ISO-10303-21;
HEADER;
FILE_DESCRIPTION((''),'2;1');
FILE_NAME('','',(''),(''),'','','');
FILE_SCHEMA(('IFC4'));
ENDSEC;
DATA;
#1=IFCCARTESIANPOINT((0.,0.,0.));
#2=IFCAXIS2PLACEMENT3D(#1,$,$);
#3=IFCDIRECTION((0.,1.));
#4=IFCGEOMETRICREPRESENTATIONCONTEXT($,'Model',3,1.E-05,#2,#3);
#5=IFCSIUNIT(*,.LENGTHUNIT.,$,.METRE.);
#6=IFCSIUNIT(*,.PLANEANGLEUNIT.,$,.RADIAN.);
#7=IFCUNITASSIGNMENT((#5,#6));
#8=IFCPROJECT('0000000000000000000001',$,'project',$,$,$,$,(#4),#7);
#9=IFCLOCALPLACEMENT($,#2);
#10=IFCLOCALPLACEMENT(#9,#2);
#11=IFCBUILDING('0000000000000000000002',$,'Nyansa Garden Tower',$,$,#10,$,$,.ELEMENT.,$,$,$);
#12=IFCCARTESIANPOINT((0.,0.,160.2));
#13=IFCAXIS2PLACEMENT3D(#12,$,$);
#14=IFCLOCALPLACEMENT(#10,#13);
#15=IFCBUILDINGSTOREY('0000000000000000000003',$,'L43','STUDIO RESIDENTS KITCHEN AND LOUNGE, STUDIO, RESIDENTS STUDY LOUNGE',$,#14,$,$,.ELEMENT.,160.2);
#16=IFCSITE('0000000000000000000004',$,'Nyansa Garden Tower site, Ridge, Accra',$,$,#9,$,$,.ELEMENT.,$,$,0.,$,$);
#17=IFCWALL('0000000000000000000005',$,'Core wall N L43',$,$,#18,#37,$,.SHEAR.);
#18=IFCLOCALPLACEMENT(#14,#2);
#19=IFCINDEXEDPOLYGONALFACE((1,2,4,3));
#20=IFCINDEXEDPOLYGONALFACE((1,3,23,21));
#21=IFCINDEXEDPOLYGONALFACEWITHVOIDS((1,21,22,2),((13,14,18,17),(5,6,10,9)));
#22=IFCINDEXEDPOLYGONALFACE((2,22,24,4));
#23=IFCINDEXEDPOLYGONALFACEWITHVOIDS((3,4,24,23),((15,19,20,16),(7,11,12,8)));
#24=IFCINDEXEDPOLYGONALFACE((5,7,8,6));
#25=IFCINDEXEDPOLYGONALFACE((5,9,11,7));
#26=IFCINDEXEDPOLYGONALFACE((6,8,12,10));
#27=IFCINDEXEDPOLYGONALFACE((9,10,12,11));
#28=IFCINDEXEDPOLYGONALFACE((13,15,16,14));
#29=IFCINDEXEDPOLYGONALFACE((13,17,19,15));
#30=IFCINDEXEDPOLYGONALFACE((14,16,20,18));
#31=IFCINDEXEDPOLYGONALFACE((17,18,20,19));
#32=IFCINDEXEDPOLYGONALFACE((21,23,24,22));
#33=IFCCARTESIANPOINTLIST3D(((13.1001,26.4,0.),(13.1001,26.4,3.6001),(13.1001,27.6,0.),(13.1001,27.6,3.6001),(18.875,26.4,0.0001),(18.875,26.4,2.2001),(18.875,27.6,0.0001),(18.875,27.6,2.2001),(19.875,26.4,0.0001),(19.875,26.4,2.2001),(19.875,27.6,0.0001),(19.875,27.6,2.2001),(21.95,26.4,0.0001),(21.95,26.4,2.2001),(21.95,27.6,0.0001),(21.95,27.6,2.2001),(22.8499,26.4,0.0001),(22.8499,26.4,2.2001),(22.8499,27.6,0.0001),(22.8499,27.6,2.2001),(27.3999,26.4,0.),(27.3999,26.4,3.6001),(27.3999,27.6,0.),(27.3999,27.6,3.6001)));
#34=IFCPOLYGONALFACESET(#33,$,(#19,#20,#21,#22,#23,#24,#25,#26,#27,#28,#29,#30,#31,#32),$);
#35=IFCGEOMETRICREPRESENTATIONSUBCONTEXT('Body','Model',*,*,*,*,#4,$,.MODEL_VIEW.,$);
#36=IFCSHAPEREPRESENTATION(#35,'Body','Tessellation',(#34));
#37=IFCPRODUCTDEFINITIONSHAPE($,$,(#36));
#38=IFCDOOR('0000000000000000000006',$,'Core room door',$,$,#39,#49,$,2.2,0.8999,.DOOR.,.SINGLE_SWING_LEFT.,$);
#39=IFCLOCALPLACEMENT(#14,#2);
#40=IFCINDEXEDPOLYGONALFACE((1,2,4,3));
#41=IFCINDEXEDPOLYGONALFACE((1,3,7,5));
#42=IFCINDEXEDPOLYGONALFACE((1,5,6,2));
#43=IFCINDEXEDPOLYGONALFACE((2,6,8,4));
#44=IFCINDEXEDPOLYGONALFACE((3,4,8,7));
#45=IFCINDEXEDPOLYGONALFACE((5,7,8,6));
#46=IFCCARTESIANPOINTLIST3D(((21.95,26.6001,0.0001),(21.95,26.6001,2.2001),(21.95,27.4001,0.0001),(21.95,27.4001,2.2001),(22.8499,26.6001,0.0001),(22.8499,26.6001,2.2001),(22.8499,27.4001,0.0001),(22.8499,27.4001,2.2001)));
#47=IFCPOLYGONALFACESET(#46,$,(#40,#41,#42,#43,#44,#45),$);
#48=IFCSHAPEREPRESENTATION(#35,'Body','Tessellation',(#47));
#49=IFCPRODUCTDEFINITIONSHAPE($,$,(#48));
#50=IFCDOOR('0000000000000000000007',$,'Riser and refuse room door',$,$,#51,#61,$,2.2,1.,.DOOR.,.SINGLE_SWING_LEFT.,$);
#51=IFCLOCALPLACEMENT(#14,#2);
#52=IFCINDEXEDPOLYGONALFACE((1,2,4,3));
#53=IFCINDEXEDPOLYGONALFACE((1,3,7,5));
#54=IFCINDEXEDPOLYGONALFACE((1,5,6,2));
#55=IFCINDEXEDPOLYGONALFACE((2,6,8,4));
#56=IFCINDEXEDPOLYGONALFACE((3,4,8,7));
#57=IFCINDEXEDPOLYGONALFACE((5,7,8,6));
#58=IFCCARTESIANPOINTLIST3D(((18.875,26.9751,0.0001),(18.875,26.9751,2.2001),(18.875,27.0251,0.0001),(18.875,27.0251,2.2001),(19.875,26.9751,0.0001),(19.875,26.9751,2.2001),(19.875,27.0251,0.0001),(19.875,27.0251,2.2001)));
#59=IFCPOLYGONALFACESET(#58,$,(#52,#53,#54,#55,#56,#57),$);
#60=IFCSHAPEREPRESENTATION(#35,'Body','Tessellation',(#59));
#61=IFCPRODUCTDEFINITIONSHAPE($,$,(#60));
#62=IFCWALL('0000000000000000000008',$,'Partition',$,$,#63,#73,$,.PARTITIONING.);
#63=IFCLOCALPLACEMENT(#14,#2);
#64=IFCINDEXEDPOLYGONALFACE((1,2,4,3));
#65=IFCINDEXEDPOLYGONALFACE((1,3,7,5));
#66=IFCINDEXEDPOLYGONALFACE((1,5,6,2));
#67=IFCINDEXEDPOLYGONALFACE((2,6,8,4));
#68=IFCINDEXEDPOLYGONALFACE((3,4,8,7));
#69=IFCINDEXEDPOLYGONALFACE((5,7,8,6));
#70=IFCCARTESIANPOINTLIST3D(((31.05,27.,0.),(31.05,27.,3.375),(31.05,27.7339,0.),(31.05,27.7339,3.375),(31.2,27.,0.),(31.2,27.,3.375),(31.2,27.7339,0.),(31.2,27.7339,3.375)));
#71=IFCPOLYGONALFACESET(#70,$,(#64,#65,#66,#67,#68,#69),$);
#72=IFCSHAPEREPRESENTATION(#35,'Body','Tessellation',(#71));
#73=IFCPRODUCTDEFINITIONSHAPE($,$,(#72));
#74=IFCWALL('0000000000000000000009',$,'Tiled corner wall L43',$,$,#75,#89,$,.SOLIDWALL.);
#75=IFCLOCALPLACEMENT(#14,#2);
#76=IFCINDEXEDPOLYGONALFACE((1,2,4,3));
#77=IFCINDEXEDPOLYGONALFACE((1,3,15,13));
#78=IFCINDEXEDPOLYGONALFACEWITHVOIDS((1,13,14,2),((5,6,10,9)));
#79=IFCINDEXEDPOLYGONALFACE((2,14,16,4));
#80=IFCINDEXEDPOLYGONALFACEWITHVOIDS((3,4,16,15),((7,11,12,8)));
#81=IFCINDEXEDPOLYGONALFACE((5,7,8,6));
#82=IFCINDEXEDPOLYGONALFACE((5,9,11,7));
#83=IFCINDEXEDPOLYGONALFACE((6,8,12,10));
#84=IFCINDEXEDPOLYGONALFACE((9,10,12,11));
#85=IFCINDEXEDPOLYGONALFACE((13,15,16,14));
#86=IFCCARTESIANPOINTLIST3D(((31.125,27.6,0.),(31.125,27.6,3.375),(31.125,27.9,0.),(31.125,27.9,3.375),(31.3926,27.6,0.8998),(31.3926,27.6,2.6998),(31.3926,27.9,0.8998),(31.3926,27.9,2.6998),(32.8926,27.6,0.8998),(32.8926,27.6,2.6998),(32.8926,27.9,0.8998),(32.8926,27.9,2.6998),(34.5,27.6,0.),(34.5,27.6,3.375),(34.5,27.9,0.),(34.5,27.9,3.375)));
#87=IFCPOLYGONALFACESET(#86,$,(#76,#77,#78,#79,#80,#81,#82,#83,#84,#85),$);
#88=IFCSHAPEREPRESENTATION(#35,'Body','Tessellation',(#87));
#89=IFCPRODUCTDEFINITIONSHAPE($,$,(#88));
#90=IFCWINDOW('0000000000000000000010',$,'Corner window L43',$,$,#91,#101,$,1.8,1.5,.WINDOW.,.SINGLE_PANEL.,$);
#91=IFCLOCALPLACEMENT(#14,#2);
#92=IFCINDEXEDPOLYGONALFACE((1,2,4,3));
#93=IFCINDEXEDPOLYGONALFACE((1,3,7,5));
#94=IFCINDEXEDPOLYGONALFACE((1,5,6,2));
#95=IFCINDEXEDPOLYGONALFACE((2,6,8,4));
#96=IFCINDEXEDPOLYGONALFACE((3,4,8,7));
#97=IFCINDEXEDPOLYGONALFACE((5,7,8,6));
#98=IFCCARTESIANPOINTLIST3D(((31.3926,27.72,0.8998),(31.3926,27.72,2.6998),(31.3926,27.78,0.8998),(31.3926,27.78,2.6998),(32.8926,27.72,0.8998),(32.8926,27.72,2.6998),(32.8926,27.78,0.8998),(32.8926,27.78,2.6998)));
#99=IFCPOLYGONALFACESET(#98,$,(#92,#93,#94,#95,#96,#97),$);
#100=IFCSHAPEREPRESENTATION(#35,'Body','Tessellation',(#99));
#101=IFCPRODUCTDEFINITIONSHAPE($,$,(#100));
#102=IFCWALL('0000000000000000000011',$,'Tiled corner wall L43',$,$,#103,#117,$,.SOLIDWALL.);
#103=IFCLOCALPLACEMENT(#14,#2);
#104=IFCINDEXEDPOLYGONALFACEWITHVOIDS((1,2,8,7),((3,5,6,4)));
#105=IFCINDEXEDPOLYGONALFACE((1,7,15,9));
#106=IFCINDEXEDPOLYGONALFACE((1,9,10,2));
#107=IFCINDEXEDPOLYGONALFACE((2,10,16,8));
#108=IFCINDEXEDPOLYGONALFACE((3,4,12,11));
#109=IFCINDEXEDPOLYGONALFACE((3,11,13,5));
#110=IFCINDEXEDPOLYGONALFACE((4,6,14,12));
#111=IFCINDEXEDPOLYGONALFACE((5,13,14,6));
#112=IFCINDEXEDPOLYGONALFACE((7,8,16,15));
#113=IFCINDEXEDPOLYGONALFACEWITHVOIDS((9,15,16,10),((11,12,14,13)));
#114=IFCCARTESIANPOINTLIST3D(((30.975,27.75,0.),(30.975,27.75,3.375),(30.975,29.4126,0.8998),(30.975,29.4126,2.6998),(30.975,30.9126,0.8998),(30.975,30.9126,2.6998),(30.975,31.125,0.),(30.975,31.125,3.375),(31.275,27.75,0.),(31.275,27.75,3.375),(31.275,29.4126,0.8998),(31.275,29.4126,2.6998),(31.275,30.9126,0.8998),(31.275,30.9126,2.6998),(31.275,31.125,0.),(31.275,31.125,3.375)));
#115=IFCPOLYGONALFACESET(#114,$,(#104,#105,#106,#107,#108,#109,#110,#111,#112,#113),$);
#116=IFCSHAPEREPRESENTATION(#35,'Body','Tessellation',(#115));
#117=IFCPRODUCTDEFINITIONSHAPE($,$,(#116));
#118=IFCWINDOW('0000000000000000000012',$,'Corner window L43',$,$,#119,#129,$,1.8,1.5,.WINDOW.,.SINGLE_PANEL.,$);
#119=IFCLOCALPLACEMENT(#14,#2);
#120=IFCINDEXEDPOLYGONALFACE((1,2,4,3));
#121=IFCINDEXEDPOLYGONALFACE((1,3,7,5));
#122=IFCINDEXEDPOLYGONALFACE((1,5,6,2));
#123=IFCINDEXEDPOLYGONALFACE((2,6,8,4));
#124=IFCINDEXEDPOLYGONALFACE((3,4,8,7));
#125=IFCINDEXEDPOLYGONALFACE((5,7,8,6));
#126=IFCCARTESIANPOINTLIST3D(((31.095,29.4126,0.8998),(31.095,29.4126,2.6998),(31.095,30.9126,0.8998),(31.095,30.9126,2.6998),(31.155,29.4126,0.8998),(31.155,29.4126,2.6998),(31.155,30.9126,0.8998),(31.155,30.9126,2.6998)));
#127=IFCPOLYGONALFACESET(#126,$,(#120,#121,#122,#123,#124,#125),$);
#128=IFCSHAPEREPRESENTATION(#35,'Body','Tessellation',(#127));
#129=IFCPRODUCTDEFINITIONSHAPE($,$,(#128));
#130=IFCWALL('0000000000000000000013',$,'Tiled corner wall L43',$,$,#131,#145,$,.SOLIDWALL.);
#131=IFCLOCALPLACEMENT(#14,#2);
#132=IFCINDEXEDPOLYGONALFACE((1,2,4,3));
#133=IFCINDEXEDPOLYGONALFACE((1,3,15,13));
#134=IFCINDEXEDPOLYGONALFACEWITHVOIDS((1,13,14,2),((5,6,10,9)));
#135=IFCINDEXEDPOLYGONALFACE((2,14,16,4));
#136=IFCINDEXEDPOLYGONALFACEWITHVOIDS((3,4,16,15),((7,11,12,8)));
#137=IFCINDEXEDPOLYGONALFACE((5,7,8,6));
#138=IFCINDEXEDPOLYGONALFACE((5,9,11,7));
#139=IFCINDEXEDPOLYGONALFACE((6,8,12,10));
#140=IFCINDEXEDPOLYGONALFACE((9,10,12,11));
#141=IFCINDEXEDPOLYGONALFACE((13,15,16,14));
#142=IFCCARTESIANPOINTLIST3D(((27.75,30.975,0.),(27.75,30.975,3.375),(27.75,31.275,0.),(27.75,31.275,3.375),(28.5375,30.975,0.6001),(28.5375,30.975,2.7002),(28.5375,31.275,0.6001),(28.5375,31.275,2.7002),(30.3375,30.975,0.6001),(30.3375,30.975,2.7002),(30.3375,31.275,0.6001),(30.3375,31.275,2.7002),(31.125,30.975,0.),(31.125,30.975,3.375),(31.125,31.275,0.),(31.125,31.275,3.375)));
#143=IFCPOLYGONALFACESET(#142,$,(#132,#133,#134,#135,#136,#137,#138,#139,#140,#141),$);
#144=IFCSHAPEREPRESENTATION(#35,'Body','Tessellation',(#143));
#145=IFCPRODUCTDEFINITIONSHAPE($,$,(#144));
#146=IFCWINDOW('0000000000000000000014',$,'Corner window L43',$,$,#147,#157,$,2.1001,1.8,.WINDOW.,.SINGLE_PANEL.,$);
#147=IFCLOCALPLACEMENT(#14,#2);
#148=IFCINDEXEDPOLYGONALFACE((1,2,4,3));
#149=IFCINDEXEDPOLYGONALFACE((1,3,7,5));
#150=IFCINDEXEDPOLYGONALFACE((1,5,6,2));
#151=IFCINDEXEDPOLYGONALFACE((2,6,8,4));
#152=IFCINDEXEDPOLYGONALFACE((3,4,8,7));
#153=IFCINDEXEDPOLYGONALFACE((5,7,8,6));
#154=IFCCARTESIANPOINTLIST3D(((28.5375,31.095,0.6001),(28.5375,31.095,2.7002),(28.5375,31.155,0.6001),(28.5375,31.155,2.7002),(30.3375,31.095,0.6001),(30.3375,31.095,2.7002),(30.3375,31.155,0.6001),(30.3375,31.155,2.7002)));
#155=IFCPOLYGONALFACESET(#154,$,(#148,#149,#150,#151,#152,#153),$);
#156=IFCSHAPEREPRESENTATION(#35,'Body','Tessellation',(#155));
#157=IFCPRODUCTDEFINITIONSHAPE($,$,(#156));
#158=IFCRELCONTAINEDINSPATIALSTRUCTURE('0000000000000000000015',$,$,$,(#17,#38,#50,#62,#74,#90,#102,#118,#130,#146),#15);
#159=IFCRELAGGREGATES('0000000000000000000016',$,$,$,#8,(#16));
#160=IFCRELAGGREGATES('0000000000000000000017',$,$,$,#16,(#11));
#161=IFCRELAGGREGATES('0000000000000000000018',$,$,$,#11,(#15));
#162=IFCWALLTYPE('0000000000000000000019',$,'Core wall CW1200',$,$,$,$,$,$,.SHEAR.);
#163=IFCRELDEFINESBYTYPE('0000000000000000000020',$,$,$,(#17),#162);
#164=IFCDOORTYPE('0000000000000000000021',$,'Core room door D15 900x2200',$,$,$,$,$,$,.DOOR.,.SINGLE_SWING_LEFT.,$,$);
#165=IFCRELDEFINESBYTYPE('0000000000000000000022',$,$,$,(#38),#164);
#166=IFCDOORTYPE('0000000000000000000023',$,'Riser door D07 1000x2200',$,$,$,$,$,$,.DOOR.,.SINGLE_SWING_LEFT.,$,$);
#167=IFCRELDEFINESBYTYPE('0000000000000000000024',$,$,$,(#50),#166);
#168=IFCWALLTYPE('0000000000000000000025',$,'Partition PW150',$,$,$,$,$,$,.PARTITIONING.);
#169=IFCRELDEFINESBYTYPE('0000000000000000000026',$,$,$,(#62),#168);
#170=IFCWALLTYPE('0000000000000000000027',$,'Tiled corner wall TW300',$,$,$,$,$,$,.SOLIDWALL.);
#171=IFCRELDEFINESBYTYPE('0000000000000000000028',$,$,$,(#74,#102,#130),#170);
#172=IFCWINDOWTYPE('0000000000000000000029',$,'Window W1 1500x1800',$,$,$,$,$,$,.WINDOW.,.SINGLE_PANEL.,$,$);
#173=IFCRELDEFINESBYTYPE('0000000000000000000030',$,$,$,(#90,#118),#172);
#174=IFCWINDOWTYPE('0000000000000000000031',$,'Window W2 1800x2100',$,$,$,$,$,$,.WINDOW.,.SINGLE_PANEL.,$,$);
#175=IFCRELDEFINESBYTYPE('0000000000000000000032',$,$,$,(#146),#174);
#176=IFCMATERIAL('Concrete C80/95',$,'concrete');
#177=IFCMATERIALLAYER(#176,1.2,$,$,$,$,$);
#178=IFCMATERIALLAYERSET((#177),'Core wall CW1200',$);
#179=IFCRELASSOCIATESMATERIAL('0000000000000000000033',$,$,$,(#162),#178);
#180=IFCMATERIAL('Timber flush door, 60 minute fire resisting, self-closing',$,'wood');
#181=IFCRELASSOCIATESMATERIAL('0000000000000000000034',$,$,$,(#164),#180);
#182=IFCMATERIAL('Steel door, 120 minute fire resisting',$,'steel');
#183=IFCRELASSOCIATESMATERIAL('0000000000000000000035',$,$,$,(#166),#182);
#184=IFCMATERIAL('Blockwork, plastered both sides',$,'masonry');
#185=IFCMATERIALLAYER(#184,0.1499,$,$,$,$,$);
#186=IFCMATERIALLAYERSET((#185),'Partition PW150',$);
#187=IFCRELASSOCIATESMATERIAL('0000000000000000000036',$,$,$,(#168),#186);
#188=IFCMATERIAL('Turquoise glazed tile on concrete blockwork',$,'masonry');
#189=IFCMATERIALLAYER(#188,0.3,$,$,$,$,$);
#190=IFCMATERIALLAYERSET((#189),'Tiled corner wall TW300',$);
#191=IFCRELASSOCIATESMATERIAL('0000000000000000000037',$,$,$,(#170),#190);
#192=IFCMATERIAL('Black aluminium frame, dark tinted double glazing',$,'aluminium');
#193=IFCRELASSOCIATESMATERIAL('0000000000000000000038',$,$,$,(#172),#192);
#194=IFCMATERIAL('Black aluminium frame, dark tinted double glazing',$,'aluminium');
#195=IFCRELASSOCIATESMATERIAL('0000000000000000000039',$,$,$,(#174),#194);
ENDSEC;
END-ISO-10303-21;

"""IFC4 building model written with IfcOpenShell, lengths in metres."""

from ifc_helpers import new_model, si_unit, direction, frame, frame_2d, origin, place, context, subcontext, project, spatial, rectangle, extrude, material, layer, layer_set, type_object, element, fill, save


model = new_model("IFC4")

# Units and contexts
model_context = context("Model", 3, precision=1e-05, world=origin(), true_north=direction((0.0, 1.0)))
body_context = subcontext(model_context, "Body", "Model", "MODEL_VIEW")
ifc_project = project(units=[si_unit("LENGTHUNIT", "METRE"), si_unit("PLANEANGLEUNIT", "RADIAN")], contexts=[model_context])

# Site, building, storey
site_placement = place(None, origin())
site = spatial("IfcSite", under=ifc_project, at=site_placement, Name="Nyansa Garden Tower site, Ridge, Accra", CompositionType="ELEMENT", RefElevation=0.0)
building_placement = place(site_placement, origin())
building = spatial("IfcBuilding", under=site, at=building_placement, Name="Nyansa Garden Tower", CompositionType="ELEMENT")
storey_placement = place(building_placement, frame((0.0, 0.0, 160.2)))
storey = spatial("IfcBuildingStorey", under=building, at=storey_placement, Name="L43", Description="STUDIO RESIDENTS KITCHEN AND LOUNGE, STUDIO, RESIDENTS STUDY LOUNGE", CompositionType="ELEMENT", Elevation=160.2)

# Wall, openings, doors
ifc_material_1 = material(Name="Concrete C80/95", Category="concrete")
ifc_layer_1 = layer(ifc_material_1, 1.2)
ifc_layer_set_1 = layer_set([ifc_layer_1], Name="Core wall CW1200")
wall_type_1 = type_object("IfcWallType", Name="Core wall CW1200", PredefinedType="SHEAR", material=ifc_layer_set_1)
wall_1_placement = place(storey_placement, frame((27.3999, 27.0, 0.0), z_axis=(0.0, 0.0, 1.0), x_axis=(-1.0, 0.0, 0.0)))
wall_1 = element("IfcWall", 1, at=wall_1_placement, inside=storey, type_object=wall_type_1, Name="Core wall N L43", PredefinedType="SHEAR", context=body_context, shape_type="SweptSolid", body=[
    extrude(rectangle(XDim=14.2998, YDim=1.2, at=frame_2d((7.1499, 0.0))), origin(), (0.0, 0.0, 1.0), 3.6001),
])
opening_1_placement = place(wall_1_placement, frame((4.55, 0.0, 0.0)))
opening_1 = element("IfcOpeningElement", 2, at=opening_1_placement, cuts=wall_1, PredefinedType="OPENING", context=body_context, shape_type="SweptSolid", body=[
    extrude(rectangle(XDim=0.8999, YDim=2.2, at=frame_2d((0.45, 1.1001))), frame((0.0, 0.6099, 0.0), z_axis=(0.0, -1.0, 0.0), x_axis=(1.0, 0.0, 0.0)), (0.0, 0.0, 1.0), 1.22),
])
opening_2_placement = place(wall_1_placement, frame((7.5249, 0.0, 0.0)))
opening_2 = element("IfcOpeningElement", 3, at=opening_2_placement, cuts=wall_1, PredefinedType="OPENING", context=body_context, shape_type="SweptSolid", body=[
    extrude(rectangle(XDim=1.0, YDim=2.2, at=frame_2d((0.5, 1.1001))), frame((0.0, 0.6099, 0.0), z_axis=(0.0, -1.0, 0.0), x_axis=(1.0, 0.0, 0.0)), (0.0, 0.0, 1.0), 1.22),
])
ifc_material_2 = material(Name="Timber flush door, 60 minute fire resisting, self-closing", Category="wood")
door_type_1 = type_object("IfcDoorType", Name="Core room door D15 900x2200", OperationType="SINGLE_SWING_LEFT", PredefinedType="DOOR", material=ifc_material_2)
door_1_placement = place(opening_1_placement, origin())
door_1 = element("IfcDoor", 4, at=door_1_placement, inside=storey, type_object=door_type_1, Name="Core room door", OperationType="SINGLE_SWING_LEFT", OverallHeight=2.2, OverallWidth=0.8999, PredefinedType="DOOR", context=body_context, shape_type="SweptSolid", body=[
    extrude(rectangle(XDim=0.8999, YDim=2.2, at=frame_2d((0.45, 1.1001))), frame((0.0, 0.3999, 0.0), z_axis=(0.0, -1.0, 0.0), x_axis=(1.0, 0.0, 0.0)), (0.0, 0.0, 1.0), 0.8),
])
fill(opening_1, door_1)
ifc_material_3 = material(Name="Steel door, 120 minute fire resisting", Category="steel")
door_type_2 = type_object("IfcDoorType", Name="Riser door D07 1000x2200", OperationType="SINGLE_SWING_LEFT", PredefinedType="DOOR", material=ifc_material_3)
door_2_placement = place(opening_2_placement, origin())
door_2 = element("IfcDoor", 5, at=door_2_placement, inside=storey, type_object=door_type_2, Name="Riser and refuse room door", OperationType="SINGLE_SWING_LEFT", OverallHeight=2.2, OverallWidth=1.0, PredefinedType="DOOR", context=body_context, shape_type="SweptSolid", body=[
    extrude(rectangle(XDim=1.0, YDim=2.2, at=frame_2d((0.5, 1.1001))), frame((0.0, 0.0249, 0.0), z_axis=(0.0, -1.0, 0.0), x_axis=(1.0, 0.0, 0.0)), (0.0, 0.0, 1.0), 0.05),
])
fill(opening_2, door_2)

# Wall
ifc_material_4 = material(Name="Blockwork, plastered both sides", Category="masonry")
ifc_layer_2 = layer(ifc_material_4, 0.1499)
ifc_layer_set_2 = layer_set([ifc_layer_2], Name="Partition PW150")
wall_type_2 = type_object("IfcWallType", Name="Partition PW150", PredefinedType="PARTITIONING", material=ifc_layer_set_2)
wall_2_placement = place(storey_placement, frame((31.125, 27.0, 0.0), z_axis=(0.0, 0.0, 1.0), x_axis=(0.0, 1.0, 0.0)))
element("IfcWall", 6, at=wall_2_placement, inside=storey, type_object=wall_type_2, Name="Partition", PredefinedType="PARTITIONING", context=body_context, shape_type="SweptSolid", body=[
    extrude(rectangle(XDim=0.7339, YDim=0.1499, at=frame_2d((0.3669, 0.0))), origin(), (0.0, 0.0, 1.0), 3.375),
])

# Walls, openings, windows
ifc_material_5 = material(Name="Turquoise glazed tile on concrete blockwork", Category="masonry")
ifc_layer_3 = layer(ifc_material_5, 0.3)
ifc_layer_set_3 = layer_set([ifc_layer_3], Name="Tiled corner wall TW300")
wall_type_3 = type_object("IfcWallType", Name="Tiled corner wall TW300", PredefinedType="SOLIDWALL", material=ifc_layer_set_3)
wall_3_placement = place(storey_placement, frame((34.5, 27.75, 0.0), z_axis=(0.0, 0.0, 1.0), x_axis=(-1.0, 0.0, 0.0)))
wall_3 = element("IfcWall", 7, at=wall_3_placement, inside=storey, type_object=wall_type_3, Name="Tiled corner wall L43", PredefinedType="SOLIDWALL", context=body_context, shape_type="SweptSolid", body=[
    extrude(rectangle(XDim=3.375, YDim=0.3, at=frame_2d((1.6875, 0.0))), origin(), (0.0, 0.0, 1.0), 3.375),
])
opening_3_placement = place(wall_3_placement, frame((1.6074, 0.0, 0.8999)))
opening_3 = element("IfcOpeningElement", 8, at=opening_3_placement, cuts=wall_3, PredefinedType="OPENING", context=body_context, shape_type="SweptSolid", body=[
    extrude(rectangle(XDim=1.5, YDim=1.8, at=frame_2d((0.75, 0.8999))), frame((0.0, 0.1599, 0.0), z_axis=(0.0, -1.0, 0.0), x_axis=(1.0, 0.0, 0.0)), (0.0, 0.0, 1.0), 0.3201),
])
ifc_material_6 = material(Name="Black aluminium frame, dark tinted double glazing", Category="aluminium")
window_type_1 = type_object("IfcWindowType", Name="Window W1 1500x1800", PartitioningType="SINGLE_PANEL", PredefinedType="WINDOW", material=ifc_material_6)
window_1_placement = place(opening_3_placement, origin())
window_1 = element("IfcWindow", 9, at=window_1_placement, inside=storey, type_object=window_type_1, Name="Corner window L43", OverallHeight=1.8, OverallWidth=1.5, PartitioningType="SINGLE_PANEL", PredefinedType="WINDOW", context=body_context, shape_type="SweptSolid", body=[
    extrude(rectangle(XDim=1.5, YDim=1.8, at=frame_2d((0.75, 0.8999))), frame((0.0, 0.03, 0.0), z_axis=(0.0, -1.0, 0.0), x_axis=(1.0, 0.0, 0.0)), (0.0, 0.0, 1.0), 0.0601),
])
fill(opening_3, window_1)
wall_4_placement = place(storey_placement, frame((31.125, 27.75, 0.0), z_axis=(0.0, 0.0, 1.0), x_axis=(0.0, 1.0, 0.0)))
wall_4 = element("IfcWall", 10, at=wall_4_placement, inside=storey, type_object=wall_type_3, Name="Tiled corner wall L43", PredefinedType="SOLIDWALL", context=body_context, shape_type="SweptSolid", body=[
    extrude(rectangle(XDim=3.375, YDim=0.3, at=frame_2d((1.6875, 0.0))), origin(), (0.0, 0.0, 1.0), 3.375),
])
opening_4_placement = place(wall_4_placement, frame((1.6626, 0.0, 0.8999)))
opening_4 = element("IfcOpeningElement", 11, at=opening_4_placement, cuts=wall_4, PredefinedType="OPENING", context=body_context, shape_type="SweptSolid", body=[
    extrude(rectangle(XDim=1.5, YDim=1.8, at=frame_2d((0.75, 0.8999))), frame((0.0, 0.1599, 0.0), z_axis=(0.0, -1.0, 0.0), x_axis=(1.0, 0.0, 0.0)), (0.0, 0.0, 1.0), 0.3201),
])
window_2_placement = place(opening_4_placement, origin())
window_2 = element("IfcWindow", 12, at=window_2_placement, inside=storey, type_object=window_type_1, Name="Corner window L43", OverallHeight=1.8, OverallWidth=1.5, PartitioningType="SINGLE_PANEL", PredefinedType="WINDOW", context=body_context, shape_type="SweptSolid", body=[
    extrude(rectangle(XDim=1.5, YDim=1.8, at=frame_2d((0.75, 0.8999))), frame((0.0, 0.03, 0.0), z_axis=(0.0, -1.0, 0.0), x_axis=(1.0, 0.0, 0.0)), (0.0, 0.0, 1.0), 0.0601),
])
fill(opening_4, window_2)
wall_5_placement = place(storey_placement, frame((31.125, 31.125, 0.0), z_axis=(0.0, 0.0, 1.0), x_axis=(-1.0, 0.0, 0.0)))
wall_5 = element("IfcWall", 13, at=wall_5_placement, inside=storey, type_object=wall_type_3, Name="Tiled corner wall L43", PredefinedType="SOLIDWALL", context=body_context, shape_type="SweptSolid", body=[
    extrude(rectangle(XDim=3.375, YDim=0.3, at=frame_2d((1.6875, 0.0))), origin(), (0.0, 0.0, 1.0), 3.375),
])
opening_5_placement = place(wall_5_placement, frame((0.7876, 0.0, 0.6001)))
opening_5 = element("IfcOpeningElement", 14, at=opening_5_placement, cuts=wall_5, PredefinedType="OPENING", context=body_context, shape_type="SweptSolid", body=[
    extrude(rectangle(XDim=1.8, YDim=2.1001, at=frame_2d((0.8999, 1.05))), frame((0.0, 0.1599, 0.0), z_axis=(0.0, -1.0, 0.0), x_axis=(1.0, 0.0, 0.0)), (0.0, 0.0, 1.0), 0.3201),
])
ifc_material_7 = material(Name="Black aluminium frame, dark tinted double glazing", Category="aluminium")
window_type_2 = type_object("IfcWindowType", Name="Window W2 1800x2100", PartitioningType="SINGLE_PANEL", PredefinedType="WINDOW", material=ifc_material_7)
window_3_placement = place(opening_5_placement, origin())
window_3 = element("IfcWindow", 15, at=window_3_placement, inside=storey, type_object=window_type_2, Name="Corner window L43", OverallHeight=2.1001, OverallWidth=1.8, PartitioningType="SINGLE_PANEL", PredefinedType="WINDOW", context=body_context, shape_type="SweptSolid", body=[
    extrude(rectangle(XDim=1.8, YDim=2.1001, at=frame_2d((0.8999, 1.05))), frame((0.0, 0.03, 0.0), z_axis=(0.0, -1.0, 0.0), x_axis=(1.0, 0.0, 0.0)), (0.0, 0.0, 1.0), 0.0601),
])
fill(opening_5, window_3)

save(model, "model.ifc")
